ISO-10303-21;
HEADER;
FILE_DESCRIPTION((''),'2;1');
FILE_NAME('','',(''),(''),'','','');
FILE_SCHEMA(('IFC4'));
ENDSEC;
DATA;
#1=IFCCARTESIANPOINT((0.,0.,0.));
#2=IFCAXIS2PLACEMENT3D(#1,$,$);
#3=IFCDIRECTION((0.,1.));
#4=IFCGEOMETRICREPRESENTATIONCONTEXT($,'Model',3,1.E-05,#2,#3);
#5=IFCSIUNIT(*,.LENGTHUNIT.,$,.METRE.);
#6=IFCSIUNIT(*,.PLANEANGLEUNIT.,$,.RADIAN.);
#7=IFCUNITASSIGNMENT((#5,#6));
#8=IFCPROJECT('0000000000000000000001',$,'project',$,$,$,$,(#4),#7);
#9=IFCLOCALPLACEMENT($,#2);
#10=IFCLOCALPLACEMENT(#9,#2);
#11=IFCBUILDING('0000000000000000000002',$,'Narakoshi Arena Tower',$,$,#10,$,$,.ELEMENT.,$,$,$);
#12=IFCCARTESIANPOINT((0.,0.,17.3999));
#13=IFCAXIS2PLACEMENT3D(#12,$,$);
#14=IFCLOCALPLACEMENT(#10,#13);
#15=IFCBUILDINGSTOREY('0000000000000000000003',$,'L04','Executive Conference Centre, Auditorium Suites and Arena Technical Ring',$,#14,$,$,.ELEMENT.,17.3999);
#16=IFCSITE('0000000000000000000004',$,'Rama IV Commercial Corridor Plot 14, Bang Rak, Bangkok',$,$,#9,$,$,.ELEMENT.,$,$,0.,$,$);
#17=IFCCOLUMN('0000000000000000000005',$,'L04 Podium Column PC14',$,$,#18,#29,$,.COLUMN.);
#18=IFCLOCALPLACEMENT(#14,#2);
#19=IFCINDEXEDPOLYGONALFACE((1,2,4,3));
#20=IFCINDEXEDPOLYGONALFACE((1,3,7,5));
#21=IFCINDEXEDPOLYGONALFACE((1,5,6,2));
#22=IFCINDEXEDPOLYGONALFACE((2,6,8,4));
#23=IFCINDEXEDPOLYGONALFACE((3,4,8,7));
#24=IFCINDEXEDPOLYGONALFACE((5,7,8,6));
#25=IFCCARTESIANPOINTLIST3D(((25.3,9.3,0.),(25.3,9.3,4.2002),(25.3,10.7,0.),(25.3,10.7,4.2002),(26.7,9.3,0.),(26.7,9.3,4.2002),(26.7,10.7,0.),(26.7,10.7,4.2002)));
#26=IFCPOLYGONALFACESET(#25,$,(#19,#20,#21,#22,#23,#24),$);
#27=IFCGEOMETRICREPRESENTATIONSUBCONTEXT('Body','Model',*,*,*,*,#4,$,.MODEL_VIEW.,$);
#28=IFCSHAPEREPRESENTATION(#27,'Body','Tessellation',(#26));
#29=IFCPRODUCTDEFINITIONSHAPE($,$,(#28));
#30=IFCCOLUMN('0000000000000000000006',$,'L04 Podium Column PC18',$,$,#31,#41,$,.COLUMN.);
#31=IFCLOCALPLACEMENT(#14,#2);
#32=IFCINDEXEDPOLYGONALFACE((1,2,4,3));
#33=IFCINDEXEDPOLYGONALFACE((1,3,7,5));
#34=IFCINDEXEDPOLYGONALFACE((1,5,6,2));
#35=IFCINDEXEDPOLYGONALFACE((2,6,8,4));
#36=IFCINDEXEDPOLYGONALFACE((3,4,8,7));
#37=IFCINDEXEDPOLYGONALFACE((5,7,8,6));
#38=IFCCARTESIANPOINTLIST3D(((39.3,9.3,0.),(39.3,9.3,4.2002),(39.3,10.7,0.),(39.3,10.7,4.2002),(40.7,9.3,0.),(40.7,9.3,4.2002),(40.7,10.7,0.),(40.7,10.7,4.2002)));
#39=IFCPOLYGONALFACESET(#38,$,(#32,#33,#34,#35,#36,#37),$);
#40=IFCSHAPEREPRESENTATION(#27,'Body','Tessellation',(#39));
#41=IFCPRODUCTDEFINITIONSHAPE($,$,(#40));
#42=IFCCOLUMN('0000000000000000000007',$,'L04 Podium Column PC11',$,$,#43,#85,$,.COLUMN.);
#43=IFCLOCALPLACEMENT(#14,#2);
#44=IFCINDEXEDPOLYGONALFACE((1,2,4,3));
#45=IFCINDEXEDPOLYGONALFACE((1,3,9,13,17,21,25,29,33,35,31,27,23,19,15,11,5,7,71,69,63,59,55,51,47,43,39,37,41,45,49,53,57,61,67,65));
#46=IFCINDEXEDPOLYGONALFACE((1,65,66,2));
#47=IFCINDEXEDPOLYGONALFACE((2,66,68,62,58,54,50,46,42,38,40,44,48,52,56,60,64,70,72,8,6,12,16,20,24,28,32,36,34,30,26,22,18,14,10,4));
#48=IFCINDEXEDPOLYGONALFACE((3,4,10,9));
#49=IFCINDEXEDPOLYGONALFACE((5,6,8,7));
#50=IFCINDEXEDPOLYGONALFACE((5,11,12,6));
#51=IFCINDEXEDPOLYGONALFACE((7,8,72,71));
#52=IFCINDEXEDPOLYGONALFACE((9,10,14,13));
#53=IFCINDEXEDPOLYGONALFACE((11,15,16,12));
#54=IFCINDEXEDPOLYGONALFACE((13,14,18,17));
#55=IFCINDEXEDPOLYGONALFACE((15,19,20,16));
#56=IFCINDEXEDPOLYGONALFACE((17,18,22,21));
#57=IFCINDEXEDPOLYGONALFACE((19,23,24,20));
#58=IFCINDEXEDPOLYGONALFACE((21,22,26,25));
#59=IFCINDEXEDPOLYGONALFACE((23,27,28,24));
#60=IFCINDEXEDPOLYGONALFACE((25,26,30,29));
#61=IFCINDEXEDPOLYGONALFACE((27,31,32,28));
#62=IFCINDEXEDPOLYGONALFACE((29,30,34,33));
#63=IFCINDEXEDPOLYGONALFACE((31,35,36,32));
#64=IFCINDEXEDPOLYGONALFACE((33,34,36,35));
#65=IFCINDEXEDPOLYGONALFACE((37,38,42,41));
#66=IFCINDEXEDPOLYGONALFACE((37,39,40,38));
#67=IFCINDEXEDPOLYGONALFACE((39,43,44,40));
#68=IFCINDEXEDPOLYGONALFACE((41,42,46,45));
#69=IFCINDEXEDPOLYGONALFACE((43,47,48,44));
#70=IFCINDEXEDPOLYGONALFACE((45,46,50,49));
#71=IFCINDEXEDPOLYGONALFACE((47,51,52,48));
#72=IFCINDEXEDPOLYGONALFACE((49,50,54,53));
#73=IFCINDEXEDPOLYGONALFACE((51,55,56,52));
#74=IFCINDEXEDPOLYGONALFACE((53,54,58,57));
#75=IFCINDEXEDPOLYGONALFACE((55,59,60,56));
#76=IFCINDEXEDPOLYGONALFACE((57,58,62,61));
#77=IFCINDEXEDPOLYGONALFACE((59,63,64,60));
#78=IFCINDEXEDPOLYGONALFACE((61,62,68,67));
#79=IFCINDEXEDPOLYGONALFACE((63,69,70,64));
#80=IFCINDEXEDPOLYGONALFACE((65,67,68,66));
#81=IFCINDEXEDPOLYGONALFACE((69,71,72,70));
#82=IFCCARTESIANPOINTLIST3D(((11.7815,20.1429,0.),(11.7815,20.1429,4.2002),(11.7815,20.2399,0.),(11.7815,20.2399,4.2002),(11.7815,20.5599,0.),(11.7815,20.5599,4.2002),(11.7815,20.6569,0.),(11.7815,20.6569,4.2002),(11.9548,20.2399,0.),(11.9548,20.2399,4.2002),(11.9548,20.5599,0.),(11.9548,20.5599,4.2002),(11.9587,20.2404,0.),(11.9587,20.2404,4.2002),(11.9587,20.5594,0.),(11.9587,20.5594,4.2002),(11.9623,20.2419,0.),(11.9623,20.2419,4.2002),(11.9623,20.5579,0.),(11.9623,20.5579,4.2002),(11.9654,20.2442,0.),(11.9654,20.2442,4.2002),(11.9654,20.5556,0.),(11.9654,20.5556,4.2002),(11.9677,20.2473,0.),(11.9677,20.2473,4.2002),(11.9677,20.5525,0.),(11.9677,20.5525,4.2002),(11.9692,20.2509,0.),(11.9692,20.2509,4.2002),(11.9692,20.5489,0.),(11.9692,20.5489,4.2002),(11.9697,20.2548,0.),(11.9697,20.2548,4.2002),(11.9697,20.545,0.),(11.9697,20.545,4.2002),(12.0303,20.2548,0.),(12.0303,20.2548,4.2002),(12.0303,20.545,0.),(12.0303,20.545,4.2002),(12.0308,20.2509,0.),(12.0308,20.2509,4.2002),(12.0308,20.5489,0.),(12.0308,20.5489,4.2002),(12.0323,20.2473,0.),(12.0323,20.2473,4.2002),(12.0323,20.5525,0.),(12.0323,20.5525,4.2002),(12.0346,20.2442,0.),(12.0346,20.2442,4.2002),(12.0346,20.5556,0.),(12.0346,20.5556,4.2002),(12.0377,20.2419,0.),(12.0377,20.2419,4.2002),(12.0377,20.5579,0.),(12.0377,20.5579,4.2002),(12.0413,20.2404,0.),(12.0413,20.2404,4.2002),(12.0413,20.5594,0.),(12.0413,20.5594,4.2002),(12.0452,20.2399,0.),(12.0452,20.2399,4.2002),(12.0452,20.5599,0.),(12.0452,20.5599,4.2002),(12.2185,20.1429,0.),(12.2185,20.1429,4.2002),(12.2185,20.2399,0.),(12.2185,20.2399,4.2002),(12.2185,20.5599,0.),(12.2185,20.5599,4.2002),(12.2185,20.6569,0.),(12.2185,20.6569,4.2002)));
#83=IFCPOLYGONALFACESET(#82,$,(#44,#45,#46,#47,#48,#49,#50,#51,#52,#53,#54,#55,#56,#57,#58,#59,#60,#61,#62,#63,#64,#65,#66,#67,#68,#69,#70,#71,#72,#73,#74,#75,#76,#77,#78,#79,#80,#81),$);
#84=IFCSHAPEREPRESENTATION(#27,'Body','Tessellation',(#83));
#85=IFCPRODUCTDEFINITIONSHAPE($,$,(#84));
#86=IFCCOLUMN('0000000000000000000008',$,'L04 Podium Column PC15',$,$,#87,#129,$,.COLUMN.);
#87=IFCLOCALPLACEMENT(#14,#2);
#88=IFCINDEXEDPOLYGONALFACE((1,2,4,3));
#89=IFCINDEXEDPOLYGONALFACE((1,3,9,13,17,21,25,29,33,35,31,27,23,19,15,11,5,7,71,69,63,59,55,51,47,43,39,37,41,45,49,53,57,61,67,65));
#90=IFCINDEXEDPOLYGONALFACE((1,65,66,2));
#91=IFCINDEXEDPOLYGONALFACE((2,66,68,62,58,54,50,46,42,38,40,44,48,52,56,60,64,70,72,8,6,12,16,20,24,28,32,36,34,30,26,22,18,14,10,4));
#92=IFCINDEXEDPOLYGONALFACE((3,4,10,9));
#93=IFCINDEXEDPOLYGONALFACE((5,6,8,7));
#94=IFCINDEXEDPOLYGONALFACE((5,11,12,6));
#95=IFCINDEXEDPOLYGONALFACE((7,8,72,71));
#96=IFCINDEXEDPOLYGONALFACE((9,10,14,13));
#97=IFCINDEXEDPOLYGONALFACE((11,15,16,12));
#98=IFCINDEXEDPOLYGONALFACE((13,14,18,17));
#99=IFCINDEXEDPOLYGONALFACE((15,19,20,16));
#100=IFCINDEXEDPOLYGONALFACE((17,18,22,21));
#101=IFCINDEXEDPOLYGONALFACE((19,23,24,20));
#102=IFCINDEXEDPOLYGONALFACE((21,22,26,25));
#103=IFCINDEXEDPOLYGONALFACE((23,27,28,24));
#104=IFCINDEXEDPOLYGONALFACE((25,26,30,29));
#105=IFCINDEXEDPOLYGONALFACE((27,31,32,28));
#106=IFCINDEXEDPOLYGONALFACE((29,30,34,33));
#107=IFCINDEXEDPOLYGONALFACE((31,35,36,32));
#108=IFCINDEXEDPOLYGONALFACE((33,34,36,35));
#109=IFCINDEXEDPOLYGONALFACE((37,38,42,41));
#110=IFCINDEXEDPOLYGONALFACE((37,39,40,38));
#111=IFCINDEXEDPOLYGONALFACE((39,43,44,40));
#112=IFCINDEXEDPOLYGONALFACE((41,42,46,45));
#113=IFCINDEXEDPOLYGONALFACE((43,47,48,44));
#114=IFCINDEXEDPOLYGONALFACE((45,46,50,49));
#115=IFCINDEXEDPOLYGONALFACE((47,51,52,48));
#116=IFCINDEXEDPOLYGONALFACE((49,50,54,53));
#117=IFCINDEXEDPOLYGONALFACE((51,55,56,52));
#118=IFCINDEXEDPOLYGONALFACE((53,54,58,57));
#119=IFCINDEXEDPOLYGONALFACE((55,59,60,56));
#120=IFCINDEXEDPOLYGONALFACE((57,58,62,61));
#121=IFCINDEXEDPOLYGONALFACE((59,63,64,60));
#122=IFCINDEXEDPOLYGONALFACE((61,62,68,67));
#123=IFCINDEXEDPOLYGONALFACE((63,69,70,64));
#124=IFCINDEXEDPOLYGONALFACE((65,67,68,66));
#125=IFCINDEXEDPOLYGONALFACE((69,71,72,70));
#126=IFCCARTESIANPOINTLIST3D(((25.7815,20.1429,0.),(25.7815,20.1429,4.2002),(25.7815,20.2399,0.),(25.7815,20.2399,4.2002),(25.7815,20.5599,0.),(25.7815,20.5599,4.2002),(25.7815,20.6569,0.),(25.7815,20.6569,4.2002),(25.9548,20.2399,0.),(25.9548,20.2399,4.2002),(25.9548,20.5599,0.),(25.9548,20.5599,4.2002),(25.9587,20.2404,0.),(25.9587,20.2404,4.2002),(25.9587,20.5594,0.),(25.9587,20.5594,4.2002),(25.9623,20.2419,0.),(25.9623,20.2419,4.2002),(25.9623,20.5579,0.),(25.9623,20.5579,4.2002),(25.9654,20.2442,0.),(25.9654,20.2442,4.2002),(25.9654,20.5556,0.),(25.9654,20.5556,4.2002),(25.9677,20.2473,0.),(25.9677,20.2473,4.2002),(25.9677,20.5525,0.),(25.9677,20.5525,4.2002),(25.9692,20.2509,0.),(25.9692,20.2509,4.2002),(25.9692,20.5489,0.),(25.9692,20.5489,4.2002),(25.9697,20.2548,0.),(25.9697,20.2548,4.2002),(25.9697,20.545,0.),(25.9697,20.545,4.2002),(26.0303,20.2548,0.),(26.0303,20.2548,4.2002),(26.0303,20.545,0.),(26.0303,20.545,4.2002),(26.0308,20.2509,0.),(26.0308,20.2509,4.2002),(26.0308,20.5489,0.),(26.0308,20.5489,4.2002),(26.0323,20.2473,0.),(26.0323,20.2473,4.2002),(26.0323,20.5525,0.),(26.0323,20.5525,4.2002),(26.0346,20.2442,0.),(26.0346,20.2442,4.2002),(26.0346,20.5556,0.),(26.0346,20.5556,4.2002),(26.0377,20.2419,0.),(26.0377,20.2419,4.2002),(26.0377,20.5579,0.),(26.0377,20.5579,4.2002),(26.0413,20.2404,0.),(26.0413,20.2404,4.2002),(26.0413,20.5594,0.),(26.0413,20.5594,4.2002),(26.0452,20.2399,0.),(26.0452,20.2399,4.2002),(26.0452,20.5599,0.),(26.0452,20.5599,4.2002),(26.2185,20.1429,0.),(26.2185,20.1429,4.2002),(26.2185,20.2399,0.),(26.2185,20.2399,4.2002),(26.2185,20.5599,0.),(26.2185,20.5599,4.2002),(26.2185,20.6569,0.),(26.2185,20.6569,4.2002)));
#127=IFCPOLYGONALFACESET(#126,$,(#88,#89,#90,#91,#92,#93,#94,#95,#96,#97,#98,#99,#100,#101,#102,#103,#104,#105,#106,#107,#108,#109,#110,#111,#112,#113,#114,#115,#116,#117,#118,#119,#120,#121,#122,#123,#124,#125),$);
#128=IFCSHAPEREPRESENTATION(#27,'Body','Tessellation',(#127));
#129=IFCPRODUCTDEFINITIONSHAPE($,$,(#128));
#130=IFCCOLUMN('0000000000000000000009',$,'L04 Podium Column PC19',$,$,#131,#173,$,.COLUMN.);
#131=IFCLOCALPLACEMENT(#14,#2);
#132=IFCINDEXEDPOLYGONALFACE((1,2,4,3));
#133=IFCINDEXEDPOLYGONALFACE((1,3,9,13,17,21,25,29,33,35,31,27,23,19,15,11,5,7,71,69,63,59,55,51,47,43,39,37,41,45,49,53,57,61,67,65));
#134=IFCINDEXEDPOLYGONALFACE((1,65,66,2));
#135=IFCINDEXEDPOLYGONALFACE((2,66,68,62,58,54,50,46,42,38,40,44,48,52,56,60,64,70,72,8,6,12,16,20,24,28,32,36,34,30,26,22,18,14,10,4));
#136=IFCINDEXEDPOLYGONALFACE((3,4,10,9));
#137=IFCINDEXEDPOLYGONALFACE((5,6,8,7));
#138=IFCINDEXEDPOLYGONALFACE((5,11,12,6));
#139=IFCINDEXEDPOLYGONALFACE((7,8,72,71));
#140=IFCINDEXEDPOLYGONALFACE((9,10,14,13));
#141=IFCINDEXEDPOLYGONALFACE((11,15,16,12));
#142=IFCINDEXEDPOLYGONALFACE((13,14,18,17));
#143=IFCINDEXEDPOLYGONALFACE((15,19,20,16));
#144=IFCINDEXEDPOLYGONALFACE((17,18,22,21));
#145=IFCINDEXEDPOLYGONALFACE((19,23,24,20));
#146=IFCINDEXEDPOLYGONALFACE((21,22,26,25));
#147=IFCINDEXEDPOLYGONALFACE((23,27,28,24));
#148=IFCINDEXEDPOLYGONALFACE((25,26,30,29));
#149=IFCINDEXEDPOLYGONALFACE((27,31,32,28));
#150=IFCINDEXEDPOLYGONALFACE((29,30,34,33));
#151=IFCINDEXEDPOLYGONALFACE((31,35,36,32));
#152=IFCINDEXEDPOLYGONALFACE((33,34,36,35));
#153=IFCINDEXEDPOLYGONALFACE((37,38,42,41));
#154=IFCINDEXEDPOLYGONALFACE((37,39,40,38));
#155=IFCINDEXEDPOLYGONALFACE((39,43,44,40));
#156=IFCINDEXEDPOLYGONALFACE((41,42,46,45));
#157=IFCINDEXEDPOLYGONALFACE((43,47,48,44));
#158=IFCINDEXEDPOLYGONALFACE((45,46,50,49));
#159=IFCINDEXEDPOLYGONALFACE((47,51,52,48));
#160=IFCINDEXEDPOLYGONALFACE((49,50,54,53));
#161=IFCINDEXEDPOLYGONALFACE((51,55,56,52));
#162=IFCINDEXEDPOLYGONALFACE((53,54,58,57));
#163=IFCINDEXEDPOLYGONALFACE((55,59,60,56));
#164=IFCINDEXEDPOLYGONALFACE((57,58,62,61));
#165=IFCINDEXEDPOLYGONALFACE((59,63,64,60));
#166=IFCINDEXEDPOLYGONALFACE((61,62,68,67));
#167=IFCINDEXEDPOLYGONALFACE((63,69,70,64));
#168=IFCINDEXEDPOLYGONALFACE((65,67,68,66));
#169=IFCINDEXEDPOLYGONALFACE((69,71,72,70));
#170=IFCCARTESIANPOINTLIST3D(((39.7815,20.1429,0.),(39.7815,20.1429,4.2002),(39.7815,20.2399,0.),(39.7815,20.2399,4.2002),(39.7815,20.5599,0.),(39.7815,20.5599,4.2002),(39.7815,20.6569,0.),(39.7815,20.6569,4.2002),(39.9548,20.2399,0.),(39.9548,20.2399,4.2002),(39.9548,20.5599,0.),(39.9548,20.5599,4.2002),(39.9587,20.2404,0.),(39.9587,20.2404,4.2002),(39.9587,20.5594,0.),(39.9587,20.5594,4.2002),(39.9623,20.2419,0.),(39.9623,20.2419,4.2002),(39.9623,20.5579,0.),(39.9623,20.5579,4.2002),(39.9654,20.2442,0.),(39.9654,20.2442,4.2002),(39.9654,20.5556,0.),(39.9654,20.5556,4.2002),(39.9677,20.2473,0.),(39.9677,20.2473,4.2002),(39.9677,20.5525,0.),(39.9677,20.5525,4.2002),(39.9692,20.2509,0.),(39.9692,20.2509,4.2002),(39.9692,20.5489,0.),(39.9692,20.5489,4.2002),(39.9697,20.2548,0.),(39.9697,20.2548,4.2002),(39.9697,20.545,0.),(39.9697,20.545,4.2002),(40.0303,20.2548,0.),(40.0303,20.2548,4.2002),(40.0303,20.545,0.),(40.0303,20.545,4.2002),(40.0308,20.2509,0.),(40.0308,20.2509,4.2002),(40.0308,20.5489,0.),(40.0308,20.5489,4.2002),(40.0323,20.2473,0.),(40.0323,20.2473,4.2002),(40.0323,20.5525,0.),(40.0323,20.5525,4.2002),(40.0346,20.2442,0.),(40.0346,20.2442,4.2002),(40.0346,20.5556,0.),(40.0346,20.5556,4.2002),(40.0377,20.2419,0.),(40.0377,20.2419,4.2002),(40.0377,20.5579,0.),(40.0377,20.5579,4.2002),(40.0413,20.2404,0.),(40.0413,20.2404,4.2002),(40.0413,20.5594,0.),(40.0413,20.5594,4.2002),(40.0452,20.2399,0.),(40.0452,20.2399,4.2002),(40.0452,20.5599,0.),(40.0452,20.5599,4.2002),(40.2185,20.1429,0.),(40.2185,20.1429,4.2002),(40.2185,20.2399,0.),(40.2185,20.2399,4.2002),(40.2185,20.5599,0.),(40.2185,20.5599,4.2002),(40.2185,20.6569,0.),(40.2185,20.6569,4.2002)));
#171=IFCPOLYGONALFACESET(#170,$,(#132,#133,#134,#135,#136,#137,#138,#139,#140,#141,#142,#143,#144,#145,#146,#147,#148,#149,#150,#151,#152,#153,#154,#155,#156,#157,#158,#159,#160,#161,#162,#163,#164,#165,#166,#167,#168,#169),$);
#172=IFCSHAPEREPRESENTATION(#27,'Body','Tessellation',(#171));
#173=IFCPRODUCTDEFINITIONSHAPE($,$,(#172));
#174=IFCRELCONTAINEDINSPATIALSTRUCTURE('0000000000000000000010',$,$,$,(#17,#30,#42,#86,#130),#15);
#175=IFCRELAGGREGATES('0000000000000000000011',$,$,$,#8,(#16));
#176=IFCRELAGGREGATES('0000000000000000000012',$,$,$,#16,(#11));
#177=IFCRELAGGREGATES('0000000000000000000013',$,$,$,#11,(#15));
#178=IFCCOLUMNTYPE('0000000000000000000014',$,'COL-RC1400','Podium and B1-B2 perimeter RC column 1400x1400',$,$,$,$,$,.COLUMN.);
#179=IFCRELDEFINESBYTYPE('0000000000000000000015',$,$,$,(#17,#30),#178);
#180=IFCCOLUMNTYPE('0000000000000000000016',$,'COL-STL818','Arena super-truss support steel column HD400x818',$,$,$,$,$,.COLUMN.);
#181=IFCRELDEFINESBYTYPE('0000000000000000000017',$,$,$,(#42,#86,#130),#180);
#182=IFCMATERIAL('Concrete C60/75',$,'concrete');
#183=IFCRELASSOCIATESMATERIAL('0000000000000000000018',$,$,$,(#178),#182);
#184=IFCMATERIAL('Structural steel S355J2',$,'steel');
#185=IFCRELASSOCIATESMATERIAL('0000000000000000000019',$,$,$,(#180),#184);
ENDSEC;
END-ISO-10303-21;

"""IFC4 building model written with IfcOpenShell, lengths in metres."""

from ifc_helpers import new_model, si_unit, direction, frame, origin, origin_2d, place, context, subcontext, project, spatial, rectangle, i_section, extrude, material, material_profile, profile_set, type_object, element, save


model = new_model("IFC4")

# Units and contexts
model_context = context("Model", 3, precision=1e-05, world=origin(), true_north=direction((0.0, 1.0)))
body_context = subcontext(model_context, "Body", "Model", "MODEL_VIEW")
ifc_project = project(units=[si_unit("LENGTHUNIT", "METRE"), si_unit("PLANEANGLEUNIT", "RADIAN")], contexts=[model_context])

# Site, building, storey
site_placement = place(None, origin())
site = spatial("IfcSite", under=ifc_project, at=site_placement, Name="Rama IV Commercial Corridor Plot 14, Bang Rak, Bangkok", CompositionType="ELEMENT", RefElevation=0.0)
building_placement = place(site_placement, origin())
building = spatial("IfcBuilding", under=site, at=building_placement, Name="Narakoshi Arena Tower", CompositionType="ELEMENT")
storey_placement = place(building_placement, frame((0.0, 0.0, 17.3999)))
storey = spatial("IfcBuildingStorey", under=building, at=storey_placement, Name="L04", Description="Executive Conference Centre, Auditorium Suites and Arena Technical Ring", CompositionType="ELEMENT", Elevation=17.3999)

# Columns
ifc_material_1 = material(Name="Concrete C60/75", Category="concrete")
ifc_material_profile_1 = material_profile(ifc_material_1, rectangle(XDim=1.3999, YDim=1.3999, at=origin_2d()), Name="RC1400x1400")
ifc_profile_set_1 = profile_set([ifc_material_profile_1], Name="Concrete C60/75")
column_type_1 = type_object("IfcColumnType", Name="COL-RC1400", Description="Podium and B1-B2 perimeter RC column 1400x1400", PredefinedType="COLUMN", material=ifc_profile_set_1)
for number, where, z_axis, x_axis, name in (
    (1, (26.0, 10.0, 0.0), (0.0, 0.0, 1.0), (1.0, 0.0, 0.0), "L04 Podium Column PC14"),
    (2, (40.0, 10.0, 0.0), (0.0, 0.0, 1.0), (1.0, 0.0, 0.0), "L04 Podium Column PC18"),
):
    element("IfcColumn", number, at=place(storey_placement, frame(where, z_axis=z_axis, x_axis=x_axis)), inside=storey, type_object=column_type_1, Name=name, PredefinedType="COLUMN", context=body_context, shape_type="SweptSolid", body=[
        extrude(rectangle(XDim=1.3999, YDim=1.3999, at=origin_2d()), origin(), (0.0, 0.0, 1.0), 4.2002),
    ])
ifc_material_2 = material(Name="Structural steel S355J2", Category="steel")
ifc_material_profile_2 = material_profile(ifc_material_2, i_section(OverallWidth=0.437, OverallDepth=0.5139, WebThickness=0.0605, FlangeThickness=0.0969, FilletRadius=0.0149, at=origin_2d()), Name="HD400x818")
ifc_profile_set_2 = profile_set([ifc_material_profile_2], Name="Structural steel S355J2")
column_type_2 = type_object("IfcColumnType", Name="COL-STL818", Description="Arena super-truss support steel column HD400x818", PredefinedType="COLUMN", material=ifc_profile_set_2)
for number, where, z_axis, x_axis, name in (
    (3, (12.0, 20.3999, 0.0), (0.0, 0.0, 1.0), (1.0, 0.0, 0.0), "L04 Podium Column PC11"),
    (4, (26.0, 20.3999, 0.0), (0.0, 0.0, 1.0), (1.0, 0.0, 0.0), "L04 Podium Column PC15"),
    (5, (40.0, 20.3999, 0.0), (0.0, 0.0, 1.0), (1.0, 0.0, 0.0), "L04 Podium Column PC19"),
):
    element("IfcColumn", number, at=place(storey_placement, frame(where, z_axis=z_axis, x_axis=x_axis)), inside=storey, type_object=column_type_2, Name=name, PredefinedType="COLUMN", context=body_context, shape_type="SweptSolid", body=[
        extrude(i_section(OverallWidth=0.437, OverallDepth=0.5139, WebThickness=0.0605, FlangeThickness=0.0969, FilletRadius=0.0149, at=origin_2d()), origin(), (0.0, 0.0, 1.0), 4.2002),
    ])

save(model, "model.ifc")
